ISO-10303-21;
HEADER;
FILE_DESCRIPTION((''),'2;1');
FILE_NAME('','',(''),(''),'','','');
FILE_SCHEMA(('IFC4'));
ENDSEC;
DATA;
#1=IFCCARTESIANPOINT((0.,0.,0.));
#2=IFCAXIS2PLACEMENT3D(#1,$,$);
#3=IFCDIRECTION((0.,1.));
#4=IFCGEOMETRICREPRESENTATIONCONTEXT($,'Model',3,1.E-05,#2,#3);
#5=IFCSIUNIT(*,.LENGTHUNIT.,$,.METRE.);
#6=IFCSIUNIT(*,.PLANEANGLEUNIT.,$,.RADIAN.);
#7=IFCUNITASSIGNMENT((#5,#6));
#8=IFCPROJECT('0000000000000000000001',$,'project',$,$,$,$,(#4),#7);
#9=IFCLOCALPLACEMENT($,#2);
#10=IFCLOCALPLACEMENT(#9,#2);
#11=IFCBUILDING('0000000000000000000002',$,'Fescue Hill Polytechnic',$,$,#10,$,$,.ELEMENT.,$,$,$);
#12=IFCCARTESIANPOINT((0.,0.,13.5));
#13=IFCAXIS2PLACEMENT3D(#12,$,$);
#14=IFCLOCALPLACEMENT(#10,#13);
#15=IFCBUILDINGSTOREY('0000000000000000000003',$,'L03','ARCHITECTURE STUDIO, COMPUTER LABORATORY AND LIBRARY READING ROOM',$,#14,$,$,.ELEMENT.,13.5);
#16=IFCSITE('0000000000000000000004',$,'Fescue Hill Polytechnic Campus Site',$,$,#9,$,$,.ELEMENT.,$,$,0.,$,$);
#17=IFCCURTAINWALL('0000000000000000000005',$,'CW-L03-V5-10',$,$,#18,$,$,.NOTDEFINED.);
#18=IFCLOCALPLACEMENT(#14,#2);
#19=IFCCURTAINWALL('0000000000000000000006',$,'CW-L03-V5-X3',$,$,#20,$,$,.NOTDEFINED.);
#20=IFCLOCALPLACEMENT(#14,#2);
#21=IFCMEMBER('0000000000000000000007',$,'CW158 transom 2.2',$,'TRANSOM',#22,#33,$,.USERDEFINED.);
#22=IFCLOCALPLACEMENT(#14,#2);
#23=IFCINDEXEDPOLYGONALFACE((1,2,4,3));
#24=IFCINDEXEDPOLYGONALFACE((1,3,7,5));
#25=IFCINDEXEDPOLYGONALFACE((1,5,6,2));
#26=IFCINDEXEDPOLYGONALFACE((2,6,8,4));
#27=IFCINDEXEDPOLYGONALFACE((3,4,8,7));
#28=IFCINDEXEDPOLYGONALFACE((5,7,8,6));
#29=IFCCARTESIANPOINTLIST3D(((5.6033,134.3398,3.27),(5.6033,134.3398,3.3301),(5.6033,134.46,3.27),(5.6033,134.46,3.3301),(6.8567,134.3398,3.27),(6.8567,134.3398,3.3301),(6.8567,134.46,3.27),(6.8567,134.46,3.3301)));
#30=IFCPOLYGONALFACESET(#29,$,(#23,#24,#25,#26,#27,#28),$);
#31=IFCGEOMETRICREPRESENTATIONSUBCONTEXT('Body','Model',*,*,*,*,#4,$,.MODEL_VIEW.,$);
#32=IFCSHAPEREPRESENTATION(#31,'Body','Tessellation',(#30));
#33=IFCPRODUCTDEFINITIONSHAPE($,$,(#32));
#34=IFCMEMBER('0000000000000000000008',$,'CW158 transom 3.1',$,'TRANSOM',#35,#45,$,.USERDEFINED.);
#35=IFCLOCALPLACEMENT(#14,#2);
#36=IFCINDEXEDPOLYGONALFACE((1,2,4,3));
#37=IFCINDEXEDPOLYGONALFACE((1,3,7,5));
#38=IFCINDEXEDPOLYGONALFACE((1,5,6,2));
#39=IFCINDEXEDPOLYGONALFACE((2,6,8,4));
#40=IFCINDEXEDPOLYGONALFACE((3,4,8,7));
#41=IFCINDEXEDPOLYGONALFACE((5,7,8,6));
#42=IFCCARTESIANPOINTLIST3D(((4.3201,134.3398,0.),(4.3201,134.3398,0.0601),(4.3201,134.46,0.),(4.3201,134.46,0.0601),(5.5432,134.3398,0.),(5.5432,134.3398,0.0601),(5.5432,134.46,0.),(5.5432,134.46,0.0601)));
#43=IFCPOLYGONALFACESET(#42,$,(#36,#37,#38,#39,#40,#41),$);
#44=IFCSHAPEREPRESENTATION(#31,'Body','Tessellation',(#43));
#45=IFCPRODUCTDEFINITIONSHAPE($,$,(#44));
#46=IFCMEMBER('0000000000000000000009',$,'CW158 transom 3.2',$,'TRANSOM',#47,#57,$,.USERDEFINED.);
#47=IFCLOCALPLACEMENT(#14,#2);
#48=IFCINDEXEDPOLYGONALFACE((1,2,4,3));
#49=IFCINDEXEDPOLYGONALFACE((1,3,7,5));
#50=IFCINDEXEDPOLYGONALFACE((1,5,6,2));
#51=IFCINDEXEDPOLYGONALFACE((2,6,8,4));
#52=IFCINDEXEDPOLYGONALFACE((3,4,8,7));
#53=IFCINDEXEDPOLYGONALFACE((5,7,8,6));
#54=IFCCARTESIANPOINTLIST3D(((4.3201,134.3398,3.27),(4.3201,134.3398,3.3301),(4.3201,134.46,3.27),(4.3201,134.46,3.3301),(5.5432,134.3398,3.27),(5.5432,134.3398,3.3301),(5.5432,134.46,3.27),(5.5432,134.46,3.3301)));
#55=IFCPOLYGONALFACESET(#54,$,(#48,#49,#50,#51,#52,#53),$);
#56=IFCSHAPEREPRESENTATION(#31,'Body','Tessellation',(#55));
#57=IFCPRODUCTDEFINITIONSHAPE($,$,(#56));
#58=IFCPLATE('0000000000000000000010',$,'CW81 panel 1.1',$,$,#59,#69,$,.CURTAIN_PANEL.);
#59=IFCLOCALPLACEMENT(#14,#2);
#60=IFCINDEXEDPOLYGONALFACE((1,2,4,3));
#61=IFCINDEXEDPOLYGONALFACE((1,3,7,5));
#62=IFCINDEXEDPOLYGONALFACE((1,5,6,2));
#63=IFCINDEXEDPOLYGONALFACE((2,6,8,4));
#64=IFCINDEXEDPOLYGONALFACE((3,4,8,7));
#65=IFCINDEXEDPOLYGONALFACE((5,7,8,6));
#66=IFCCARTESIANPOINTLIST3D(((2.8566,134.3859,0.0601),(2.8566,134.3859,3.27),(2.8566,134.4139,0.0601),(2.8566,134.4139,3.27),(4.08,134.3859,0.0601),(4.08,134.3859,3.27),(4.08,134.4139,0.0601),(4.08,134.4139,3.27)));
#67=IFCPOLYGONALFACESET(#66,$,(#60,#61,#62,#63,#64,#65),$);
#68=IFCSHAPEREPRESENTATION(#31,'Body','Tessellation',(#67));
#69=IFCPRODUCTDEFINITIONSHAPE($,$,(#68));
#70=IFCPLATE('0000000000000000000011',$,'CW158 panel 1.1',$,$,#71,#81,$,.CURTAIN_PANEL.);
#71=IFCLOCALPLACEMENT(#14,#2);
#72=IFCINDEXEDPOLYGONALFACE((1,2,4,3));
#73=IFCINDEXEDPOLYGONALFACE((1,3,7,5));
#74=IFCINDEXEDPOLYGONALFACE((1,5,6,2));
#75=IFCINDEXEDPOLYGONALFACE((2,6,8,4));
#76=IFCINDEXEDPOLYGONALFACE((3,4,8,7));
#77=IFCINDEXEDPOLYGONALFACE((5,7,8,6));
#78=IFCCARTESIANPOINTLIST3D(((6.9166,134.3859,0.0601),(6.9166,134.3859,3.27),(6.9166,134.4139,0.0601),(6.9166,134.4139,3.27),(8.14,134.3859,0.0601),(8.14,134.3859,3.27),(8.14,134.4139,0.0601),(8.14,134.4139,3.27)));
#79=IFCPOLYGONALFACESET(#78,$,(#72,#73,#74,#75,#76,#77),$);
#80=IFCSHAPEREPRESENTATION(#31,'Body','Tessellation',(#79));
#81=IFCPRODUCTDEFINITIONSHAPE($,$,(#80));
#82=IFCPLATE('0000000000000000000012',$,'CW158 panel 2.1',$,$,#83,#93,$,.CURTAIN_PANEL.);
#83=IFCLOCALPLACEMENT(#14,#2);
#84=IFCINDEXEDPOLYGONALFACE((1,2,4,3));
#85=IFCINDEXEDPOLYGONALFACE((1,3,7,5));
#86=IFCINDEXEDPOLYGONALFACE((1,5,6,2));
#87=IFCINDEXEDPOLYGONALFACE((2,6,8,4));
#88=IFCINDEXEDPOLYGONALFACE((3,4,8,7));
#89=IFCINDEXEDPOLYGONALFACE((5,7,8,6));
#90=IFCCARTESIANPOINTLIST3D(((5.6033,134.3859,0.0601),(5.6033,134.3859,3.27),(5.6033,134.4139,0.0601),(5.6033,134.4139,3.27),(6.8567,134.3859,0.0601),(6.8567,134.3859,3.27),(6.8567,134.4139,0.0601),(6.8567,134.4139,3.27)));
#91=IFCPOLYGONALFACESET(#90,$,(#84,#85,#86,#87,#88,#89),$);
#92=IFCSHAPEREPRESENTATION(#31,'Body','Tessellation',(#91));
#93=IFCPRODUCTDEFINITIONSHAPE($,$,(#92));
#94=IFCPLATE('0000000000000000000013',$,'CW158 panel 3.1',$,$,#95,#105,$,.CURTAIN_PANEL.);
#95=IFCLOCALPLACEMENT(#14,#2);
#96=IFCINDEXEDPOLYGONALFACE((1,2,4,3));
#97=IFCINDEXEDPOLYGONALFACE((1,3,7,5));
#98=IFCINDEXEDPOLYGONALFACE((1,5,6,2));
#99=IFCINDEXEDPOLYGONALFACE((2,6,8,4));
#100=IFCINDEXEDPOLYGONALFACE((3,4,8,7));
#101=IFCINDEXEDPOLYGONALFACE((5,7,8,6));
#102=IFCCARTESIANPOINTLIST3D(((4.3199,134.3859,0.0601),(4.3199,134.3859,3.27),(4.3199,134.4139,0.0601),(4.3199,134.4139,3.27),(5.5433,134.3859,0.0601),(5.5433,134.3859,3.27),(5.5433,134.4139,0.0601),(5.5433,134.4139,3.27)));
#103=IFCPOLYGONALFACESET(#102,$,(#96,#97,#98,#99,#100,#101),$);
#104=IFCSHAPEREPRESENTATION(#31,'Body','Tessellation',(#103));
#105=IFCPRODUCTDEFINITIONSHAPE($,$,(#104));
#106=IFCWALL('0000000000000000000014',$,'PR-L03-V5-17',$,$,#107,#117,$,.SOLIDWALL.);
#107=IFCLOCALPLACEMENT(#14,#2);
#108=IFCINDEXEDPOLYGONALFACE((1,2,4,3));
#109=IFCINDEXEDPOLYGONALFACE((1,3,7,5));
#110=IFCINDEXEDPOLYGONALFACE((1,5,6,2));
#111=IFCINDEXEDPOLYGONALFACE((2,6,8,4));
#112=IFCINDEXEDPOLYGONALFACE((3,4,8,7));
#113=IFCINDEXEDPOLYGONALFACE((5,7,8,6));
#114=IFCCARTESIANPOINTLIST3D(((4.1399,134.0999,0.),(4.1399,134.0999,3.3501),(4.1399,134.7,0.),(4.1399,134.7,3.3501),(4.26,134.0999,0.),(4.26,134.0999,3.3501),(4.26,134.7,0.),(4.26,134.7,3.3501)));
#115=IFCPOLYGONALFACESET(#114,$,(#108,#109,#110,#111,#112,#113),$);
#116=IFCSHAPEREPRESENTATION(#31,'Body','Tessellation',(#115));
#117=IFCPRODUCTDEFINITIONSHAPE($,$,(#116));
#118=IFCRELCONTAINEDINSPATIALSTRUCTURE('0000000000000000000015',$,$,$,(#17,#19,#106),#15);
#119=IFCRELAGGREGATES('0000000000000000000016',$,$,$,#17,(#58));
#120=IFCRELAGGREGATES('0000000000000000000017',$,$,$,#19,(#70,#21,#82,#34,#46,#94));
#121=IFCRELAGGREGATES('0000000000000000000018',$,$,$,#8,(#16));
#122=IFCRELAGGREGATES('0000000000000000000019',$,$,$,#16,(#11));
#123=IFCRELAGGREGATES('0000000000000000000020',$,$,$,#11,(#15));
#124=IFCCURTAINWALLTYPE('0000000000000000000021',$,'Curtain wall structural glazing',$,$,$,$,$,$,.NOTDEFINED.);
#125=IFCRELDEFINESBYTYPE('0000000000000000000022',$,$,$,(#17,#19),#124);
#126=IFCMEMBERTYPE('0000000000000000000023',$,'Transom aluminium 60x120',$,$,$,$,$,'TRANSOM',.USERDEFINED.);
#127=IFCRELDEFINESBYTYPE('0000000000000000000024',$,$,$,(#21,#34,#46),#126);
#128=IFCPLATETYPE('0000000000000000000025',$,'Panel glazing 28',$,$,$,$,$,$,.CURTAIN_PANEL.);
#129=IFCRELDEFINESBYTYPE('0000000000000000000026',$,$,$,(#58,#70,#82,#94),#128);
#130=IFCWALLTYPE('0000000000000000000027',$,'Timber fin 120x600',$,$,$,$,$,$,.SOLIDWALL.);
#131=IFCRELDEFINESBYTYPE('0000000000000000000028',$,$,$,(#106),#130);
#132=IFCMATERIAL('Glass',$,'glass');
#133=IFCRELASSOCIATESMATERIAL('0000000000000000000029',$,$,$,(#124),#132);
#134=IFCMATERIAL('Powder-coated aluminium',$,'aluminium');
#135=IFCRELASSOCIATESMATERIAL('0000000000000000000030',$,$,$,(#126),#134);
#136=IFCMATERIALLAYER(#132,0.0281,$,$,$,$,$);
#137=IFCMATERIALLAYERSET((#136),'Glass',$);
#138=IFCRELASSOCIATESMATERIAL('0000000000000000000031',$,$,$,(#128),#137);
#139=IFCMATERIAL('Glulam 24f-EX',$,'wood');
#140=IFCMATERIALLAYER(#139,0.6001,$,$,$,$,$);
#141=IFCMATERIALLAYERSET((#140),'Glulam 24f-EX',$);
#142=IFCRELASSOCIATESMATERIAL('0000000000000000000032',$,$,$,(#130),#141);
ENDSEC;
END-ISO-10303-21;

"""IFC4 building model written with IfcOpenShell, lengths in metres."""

from ifc_helpers import new_model, si_unit, direction, frame, frame_2d, origin, origin_2d, place, context, subcontext, project, spatial, rectangle, extrude, material, layer, layer_set, material_profile, profile_set, type_object, element, aggregate, save


model = new_model("IFC4")

# Units and contexts
model_context = context("Model", 3, precision=1e-05, world=origin(), true_north=direction((0.0, 1.0)))
body_context = subcontext(model_context, "Body", "Model", "MODEL_VIEW")
ifc_project = project(units=[si_unit("LENGTHUNIT", "METRE"), si_unit("PLANEANGLEUNIT", "RADIAN")], contexts=[model_context])

# Site, building, storey
site_placement = place(None, origin())
site = spatial("IfcSite", under=ifc_project, at=site_placement, Name="Fescue Hill Polytechnic Campus Site", CompositionType="ELEMENT", RefElevation=0.0)
building_placement = place(site_placement, origin())
building = spatial("IfcBuilding", under=site, at=building_placement, Name="Fescue Hill Polytechnic", CompositionType="ELEMENT")
storey_placement = place(building_placement, frame((0.0, 0.0, 13.5)))
storey = spatial("IfcBuildingStorey", under=building, at=storey_placement, Name="L03", Description="ARCHITECTURE STUDIO, COMPUTER LABORATORY AND LIBRARY READING ROOM", CompositionType="ELEMENT", Elevation=13.5)

# Curtain walls
ifc_material_1 = material(Name="Glass", Category="glass")
curtain_wall_type = type_object("IfcCurtainWallType", Name="Curtain wall structural glazing", PredefinedType="NOTDEFINED", material=ifc_material_1)
curtain_wall_1_placement = place(storey_placement, origin())
curtain_wall_1 = element("IfcCurtainWall", 1, at=curtain_wall_1_placement, inside=storey, type_object=curtain_wall_type, Name="CW-L03-V5-10", PredefinedType="NOTDEFINED")
ifc_material_2 = material(Name="Powder-coated aluminium", Category="aluminium")
curtain_wall_2_placement = place(storey_placement, origin())
curtain_wall_2 = element("IfcCurtainWall", 2, at=curtain_wall_2_placement, inside=storey, type_object=curtain_wall_type, Name="CW-L03-V5-X3", PredefinedType="NOTDEFINED")

# Members
ifc_material_profile_1 = material_profile(ifc_material_2, rectangle(XDim=0.1201, YDim=0.0601, at=origin_2d()), Name="Transom aluminium 60x120")
ifc_profile_set_1 = profile_set([ifc_material_profile_1], Name="Powder-coated aluminium")
member_type_1 = type_object("IfcMemberType", Name="Transom aluminium 60x120", ElementType="TRANSOM", PredefinedType="USERDEFINED", material=ifc_profile_set_1)
member_1_placement = place(storey_placement, frame((6.8567, 134.3999, 3.3), z_axis=(-1.0, 0.0, 0.0), x_axis=(0.0, -1.0, 0.0)))
member_1 = element("IfcMember", 3, at=member_1_placement, type_object=member_type_1, Name="CW158 transom 2.2", ObjectType="TRANSOM", PredefinedType="USERDEFINED", context=body_context, shape_type="SweptSolid", body=[
    extrude(rectangle(XDim=0.1201, YDim=0.0601, at=origin_2d()), origin(), (0.0, 0.0, 1.0), 1.2534),
])
member_2_placement = place(storey_placement, frame((5.5432, 134.3999, 0.03), z_axis=(-1.0, 0.0, 0.0), x_axis=(0.0, -1.0, 0.0)))
member_2 = element("IfcMember", 4, at=member_2_placement, type_object=member_type_1, Name="CW158 transom 3.1", ObjectType="TRANSOM", PredefinedType="USERDEFINED", context=body_context, shape_type="SweptSolid", body=[
    extrude(rectangle(XDim=0.1201, YDim=0.0601, at=origin_2d()), origin(), (0.0, 0.0, 1.0), 1.2231),
])
member_3_placement = place(storey_placement, frame((5.5432, 134.3999, 3.3), z_axis=(-1.0, 0.0, 0.0), x_axis=(0.0, -1.0, 0.0)))
member_3 = element("IfcMember", 5, at=member_3_placement, type_object=member_type_1, Name="CW158 transom 3.2", ObjectType="TRANSOM", PredefinedType="USERDEFINED", context=body_context, shape_type="SweptSolid", body=[
    extrude(rectangle(XDim=0.1201, YDim=0.0601, at=origin_2d()), origin(), (0.0, 0.0, 1.0), 1.2231),
])

# Plates
ifc_layer_1 = layer(ifc_material_1, 0.0281)
ifc_layer_set_1 = layer_set([ifc_layer_1], Name="Glass")
plate_type = type_object("IfcPlateType", Name="Panel glazing 28", PredefinedType="CURTAIN_PANEL", material=ifc_layer_set_1)
plate_1_placement = place(storey_placement, frame((3.4683, 134.3999, 0.0601), z_axis=(0.0, 0.0, 1.0), x_axis=(-1.0, 0.0, 0.0)))
plate_1 = element("IfcPlate", 6, at=plate_1_placement, type_object=plate_type, Name="CW81 panel 1.1", PredefinedType="CURTAIN_PANEL", context=body_context, shape_type="SweptSolid", body=[
    extrude(rectangle(XDim=1.2234, YDim=0.0281, at=origin_2d()), origin(), (0.0, 0.0, 1.0), 3.21),
])
aggregate(curtain_wall_1, [plate_1])
plate_2_placement = place(storey_placement, frame((7.5283, 134.3999, 0.0601), z_axis=(0.0, 0.0, 1.0), x_axis=(-1.0, 0.0, 0.0)))
plate_2 = element("IfcPlate", 7, at=plate_2_placement, type_object=plate_type, Name="CW158 panel 1.1", PredefinedType="CURTAIN_PANEL", context=body_context, shape_type="SweptSolid", body=[
    extrude(rectangle(XDim=1.2234, YDim=0.0281, at=origin_2d()), origin(), (0.0, 0.0, 1.0), 3.21),
])
plate_3_placement = place(storey_placement, frame((6.23, 134.3999, 0.0601), z_axis=(0.0, 0.0, 1.0), x_axis=(-1.0, 0.0, 0.0)))
plate_3 = element("IfcPlate", 8, at=plate_3_placement, type_object=plate_type, Name="CW158 panel 2.1", PredefinedType="CURTAIN_PANEL", context=body_context, shape_type="SweptSolid", body=[
    extrude(rectangle(XDim=1.2534, YDim=0.0281, at=origin_2d()), origin(), (0.0, 0.0, 1.0), 3.21),
])
plate_4_placement = place(storey_placement, frame((4.9316, 134.3999, 0.0601), z_axis=(0.0, 0.0, 1.0), x_axis=(-1.0, 0.0, 0.0)))
plate_4 = element("IfcPlate", 9, at=plate_4_placement, type_object=plate_type, Name="CW158 panel 3.1", PredefinedType="CURTAIN_PANEL", context=body_context, shape_type="SweptSolid", body=[
    extrude(rectangle(XDim=1.2234, YDim=0.0281, at=origin_2d()), origin(), (0.0, 0.0, 1.0), 3.21),
])
aggregate(curtain_wall_2, [plate_2, member_1, plate_3, member_2, member_3, plate_4])

# Wall
ifc_material_3 = material(Name="Glulam 24f-EX", Category="wood")
ifc_layer_2 = layer(ifc_material_3, 0.6001)
ifc_layer_set_2 = layer_set([ifc_layer_2], Name="Glulam 24f-EX")
wall_type = type_object("IfcWallType", Name="Timber fin 120x600", PredefinedType="SOLIDWALL", material=ifc_layer_set_2)
wall_placement = place(storey_placement, frame((4.26, 134.3999, 0.0), z_axis=(0.0, 0.0, 1.0), x_axis=(-1.0, 0.0, 0.0)))
element("IfcWall", 10, at=wall_placement, inside=storey, type_object=wall_type, Name="PR-L03-V5-17", PredefinedType="SOLIDWALL", context=body_context, shape_type="SweptSolid", body=[
    extrude(rectangle(XDim=0.1201, YDim=0.6001, at=frame_2d((0.0601, 0.0))), origin(), (0.0, 0.0, 1.0), 3.3501),
])

save(model, "model.ifc")
